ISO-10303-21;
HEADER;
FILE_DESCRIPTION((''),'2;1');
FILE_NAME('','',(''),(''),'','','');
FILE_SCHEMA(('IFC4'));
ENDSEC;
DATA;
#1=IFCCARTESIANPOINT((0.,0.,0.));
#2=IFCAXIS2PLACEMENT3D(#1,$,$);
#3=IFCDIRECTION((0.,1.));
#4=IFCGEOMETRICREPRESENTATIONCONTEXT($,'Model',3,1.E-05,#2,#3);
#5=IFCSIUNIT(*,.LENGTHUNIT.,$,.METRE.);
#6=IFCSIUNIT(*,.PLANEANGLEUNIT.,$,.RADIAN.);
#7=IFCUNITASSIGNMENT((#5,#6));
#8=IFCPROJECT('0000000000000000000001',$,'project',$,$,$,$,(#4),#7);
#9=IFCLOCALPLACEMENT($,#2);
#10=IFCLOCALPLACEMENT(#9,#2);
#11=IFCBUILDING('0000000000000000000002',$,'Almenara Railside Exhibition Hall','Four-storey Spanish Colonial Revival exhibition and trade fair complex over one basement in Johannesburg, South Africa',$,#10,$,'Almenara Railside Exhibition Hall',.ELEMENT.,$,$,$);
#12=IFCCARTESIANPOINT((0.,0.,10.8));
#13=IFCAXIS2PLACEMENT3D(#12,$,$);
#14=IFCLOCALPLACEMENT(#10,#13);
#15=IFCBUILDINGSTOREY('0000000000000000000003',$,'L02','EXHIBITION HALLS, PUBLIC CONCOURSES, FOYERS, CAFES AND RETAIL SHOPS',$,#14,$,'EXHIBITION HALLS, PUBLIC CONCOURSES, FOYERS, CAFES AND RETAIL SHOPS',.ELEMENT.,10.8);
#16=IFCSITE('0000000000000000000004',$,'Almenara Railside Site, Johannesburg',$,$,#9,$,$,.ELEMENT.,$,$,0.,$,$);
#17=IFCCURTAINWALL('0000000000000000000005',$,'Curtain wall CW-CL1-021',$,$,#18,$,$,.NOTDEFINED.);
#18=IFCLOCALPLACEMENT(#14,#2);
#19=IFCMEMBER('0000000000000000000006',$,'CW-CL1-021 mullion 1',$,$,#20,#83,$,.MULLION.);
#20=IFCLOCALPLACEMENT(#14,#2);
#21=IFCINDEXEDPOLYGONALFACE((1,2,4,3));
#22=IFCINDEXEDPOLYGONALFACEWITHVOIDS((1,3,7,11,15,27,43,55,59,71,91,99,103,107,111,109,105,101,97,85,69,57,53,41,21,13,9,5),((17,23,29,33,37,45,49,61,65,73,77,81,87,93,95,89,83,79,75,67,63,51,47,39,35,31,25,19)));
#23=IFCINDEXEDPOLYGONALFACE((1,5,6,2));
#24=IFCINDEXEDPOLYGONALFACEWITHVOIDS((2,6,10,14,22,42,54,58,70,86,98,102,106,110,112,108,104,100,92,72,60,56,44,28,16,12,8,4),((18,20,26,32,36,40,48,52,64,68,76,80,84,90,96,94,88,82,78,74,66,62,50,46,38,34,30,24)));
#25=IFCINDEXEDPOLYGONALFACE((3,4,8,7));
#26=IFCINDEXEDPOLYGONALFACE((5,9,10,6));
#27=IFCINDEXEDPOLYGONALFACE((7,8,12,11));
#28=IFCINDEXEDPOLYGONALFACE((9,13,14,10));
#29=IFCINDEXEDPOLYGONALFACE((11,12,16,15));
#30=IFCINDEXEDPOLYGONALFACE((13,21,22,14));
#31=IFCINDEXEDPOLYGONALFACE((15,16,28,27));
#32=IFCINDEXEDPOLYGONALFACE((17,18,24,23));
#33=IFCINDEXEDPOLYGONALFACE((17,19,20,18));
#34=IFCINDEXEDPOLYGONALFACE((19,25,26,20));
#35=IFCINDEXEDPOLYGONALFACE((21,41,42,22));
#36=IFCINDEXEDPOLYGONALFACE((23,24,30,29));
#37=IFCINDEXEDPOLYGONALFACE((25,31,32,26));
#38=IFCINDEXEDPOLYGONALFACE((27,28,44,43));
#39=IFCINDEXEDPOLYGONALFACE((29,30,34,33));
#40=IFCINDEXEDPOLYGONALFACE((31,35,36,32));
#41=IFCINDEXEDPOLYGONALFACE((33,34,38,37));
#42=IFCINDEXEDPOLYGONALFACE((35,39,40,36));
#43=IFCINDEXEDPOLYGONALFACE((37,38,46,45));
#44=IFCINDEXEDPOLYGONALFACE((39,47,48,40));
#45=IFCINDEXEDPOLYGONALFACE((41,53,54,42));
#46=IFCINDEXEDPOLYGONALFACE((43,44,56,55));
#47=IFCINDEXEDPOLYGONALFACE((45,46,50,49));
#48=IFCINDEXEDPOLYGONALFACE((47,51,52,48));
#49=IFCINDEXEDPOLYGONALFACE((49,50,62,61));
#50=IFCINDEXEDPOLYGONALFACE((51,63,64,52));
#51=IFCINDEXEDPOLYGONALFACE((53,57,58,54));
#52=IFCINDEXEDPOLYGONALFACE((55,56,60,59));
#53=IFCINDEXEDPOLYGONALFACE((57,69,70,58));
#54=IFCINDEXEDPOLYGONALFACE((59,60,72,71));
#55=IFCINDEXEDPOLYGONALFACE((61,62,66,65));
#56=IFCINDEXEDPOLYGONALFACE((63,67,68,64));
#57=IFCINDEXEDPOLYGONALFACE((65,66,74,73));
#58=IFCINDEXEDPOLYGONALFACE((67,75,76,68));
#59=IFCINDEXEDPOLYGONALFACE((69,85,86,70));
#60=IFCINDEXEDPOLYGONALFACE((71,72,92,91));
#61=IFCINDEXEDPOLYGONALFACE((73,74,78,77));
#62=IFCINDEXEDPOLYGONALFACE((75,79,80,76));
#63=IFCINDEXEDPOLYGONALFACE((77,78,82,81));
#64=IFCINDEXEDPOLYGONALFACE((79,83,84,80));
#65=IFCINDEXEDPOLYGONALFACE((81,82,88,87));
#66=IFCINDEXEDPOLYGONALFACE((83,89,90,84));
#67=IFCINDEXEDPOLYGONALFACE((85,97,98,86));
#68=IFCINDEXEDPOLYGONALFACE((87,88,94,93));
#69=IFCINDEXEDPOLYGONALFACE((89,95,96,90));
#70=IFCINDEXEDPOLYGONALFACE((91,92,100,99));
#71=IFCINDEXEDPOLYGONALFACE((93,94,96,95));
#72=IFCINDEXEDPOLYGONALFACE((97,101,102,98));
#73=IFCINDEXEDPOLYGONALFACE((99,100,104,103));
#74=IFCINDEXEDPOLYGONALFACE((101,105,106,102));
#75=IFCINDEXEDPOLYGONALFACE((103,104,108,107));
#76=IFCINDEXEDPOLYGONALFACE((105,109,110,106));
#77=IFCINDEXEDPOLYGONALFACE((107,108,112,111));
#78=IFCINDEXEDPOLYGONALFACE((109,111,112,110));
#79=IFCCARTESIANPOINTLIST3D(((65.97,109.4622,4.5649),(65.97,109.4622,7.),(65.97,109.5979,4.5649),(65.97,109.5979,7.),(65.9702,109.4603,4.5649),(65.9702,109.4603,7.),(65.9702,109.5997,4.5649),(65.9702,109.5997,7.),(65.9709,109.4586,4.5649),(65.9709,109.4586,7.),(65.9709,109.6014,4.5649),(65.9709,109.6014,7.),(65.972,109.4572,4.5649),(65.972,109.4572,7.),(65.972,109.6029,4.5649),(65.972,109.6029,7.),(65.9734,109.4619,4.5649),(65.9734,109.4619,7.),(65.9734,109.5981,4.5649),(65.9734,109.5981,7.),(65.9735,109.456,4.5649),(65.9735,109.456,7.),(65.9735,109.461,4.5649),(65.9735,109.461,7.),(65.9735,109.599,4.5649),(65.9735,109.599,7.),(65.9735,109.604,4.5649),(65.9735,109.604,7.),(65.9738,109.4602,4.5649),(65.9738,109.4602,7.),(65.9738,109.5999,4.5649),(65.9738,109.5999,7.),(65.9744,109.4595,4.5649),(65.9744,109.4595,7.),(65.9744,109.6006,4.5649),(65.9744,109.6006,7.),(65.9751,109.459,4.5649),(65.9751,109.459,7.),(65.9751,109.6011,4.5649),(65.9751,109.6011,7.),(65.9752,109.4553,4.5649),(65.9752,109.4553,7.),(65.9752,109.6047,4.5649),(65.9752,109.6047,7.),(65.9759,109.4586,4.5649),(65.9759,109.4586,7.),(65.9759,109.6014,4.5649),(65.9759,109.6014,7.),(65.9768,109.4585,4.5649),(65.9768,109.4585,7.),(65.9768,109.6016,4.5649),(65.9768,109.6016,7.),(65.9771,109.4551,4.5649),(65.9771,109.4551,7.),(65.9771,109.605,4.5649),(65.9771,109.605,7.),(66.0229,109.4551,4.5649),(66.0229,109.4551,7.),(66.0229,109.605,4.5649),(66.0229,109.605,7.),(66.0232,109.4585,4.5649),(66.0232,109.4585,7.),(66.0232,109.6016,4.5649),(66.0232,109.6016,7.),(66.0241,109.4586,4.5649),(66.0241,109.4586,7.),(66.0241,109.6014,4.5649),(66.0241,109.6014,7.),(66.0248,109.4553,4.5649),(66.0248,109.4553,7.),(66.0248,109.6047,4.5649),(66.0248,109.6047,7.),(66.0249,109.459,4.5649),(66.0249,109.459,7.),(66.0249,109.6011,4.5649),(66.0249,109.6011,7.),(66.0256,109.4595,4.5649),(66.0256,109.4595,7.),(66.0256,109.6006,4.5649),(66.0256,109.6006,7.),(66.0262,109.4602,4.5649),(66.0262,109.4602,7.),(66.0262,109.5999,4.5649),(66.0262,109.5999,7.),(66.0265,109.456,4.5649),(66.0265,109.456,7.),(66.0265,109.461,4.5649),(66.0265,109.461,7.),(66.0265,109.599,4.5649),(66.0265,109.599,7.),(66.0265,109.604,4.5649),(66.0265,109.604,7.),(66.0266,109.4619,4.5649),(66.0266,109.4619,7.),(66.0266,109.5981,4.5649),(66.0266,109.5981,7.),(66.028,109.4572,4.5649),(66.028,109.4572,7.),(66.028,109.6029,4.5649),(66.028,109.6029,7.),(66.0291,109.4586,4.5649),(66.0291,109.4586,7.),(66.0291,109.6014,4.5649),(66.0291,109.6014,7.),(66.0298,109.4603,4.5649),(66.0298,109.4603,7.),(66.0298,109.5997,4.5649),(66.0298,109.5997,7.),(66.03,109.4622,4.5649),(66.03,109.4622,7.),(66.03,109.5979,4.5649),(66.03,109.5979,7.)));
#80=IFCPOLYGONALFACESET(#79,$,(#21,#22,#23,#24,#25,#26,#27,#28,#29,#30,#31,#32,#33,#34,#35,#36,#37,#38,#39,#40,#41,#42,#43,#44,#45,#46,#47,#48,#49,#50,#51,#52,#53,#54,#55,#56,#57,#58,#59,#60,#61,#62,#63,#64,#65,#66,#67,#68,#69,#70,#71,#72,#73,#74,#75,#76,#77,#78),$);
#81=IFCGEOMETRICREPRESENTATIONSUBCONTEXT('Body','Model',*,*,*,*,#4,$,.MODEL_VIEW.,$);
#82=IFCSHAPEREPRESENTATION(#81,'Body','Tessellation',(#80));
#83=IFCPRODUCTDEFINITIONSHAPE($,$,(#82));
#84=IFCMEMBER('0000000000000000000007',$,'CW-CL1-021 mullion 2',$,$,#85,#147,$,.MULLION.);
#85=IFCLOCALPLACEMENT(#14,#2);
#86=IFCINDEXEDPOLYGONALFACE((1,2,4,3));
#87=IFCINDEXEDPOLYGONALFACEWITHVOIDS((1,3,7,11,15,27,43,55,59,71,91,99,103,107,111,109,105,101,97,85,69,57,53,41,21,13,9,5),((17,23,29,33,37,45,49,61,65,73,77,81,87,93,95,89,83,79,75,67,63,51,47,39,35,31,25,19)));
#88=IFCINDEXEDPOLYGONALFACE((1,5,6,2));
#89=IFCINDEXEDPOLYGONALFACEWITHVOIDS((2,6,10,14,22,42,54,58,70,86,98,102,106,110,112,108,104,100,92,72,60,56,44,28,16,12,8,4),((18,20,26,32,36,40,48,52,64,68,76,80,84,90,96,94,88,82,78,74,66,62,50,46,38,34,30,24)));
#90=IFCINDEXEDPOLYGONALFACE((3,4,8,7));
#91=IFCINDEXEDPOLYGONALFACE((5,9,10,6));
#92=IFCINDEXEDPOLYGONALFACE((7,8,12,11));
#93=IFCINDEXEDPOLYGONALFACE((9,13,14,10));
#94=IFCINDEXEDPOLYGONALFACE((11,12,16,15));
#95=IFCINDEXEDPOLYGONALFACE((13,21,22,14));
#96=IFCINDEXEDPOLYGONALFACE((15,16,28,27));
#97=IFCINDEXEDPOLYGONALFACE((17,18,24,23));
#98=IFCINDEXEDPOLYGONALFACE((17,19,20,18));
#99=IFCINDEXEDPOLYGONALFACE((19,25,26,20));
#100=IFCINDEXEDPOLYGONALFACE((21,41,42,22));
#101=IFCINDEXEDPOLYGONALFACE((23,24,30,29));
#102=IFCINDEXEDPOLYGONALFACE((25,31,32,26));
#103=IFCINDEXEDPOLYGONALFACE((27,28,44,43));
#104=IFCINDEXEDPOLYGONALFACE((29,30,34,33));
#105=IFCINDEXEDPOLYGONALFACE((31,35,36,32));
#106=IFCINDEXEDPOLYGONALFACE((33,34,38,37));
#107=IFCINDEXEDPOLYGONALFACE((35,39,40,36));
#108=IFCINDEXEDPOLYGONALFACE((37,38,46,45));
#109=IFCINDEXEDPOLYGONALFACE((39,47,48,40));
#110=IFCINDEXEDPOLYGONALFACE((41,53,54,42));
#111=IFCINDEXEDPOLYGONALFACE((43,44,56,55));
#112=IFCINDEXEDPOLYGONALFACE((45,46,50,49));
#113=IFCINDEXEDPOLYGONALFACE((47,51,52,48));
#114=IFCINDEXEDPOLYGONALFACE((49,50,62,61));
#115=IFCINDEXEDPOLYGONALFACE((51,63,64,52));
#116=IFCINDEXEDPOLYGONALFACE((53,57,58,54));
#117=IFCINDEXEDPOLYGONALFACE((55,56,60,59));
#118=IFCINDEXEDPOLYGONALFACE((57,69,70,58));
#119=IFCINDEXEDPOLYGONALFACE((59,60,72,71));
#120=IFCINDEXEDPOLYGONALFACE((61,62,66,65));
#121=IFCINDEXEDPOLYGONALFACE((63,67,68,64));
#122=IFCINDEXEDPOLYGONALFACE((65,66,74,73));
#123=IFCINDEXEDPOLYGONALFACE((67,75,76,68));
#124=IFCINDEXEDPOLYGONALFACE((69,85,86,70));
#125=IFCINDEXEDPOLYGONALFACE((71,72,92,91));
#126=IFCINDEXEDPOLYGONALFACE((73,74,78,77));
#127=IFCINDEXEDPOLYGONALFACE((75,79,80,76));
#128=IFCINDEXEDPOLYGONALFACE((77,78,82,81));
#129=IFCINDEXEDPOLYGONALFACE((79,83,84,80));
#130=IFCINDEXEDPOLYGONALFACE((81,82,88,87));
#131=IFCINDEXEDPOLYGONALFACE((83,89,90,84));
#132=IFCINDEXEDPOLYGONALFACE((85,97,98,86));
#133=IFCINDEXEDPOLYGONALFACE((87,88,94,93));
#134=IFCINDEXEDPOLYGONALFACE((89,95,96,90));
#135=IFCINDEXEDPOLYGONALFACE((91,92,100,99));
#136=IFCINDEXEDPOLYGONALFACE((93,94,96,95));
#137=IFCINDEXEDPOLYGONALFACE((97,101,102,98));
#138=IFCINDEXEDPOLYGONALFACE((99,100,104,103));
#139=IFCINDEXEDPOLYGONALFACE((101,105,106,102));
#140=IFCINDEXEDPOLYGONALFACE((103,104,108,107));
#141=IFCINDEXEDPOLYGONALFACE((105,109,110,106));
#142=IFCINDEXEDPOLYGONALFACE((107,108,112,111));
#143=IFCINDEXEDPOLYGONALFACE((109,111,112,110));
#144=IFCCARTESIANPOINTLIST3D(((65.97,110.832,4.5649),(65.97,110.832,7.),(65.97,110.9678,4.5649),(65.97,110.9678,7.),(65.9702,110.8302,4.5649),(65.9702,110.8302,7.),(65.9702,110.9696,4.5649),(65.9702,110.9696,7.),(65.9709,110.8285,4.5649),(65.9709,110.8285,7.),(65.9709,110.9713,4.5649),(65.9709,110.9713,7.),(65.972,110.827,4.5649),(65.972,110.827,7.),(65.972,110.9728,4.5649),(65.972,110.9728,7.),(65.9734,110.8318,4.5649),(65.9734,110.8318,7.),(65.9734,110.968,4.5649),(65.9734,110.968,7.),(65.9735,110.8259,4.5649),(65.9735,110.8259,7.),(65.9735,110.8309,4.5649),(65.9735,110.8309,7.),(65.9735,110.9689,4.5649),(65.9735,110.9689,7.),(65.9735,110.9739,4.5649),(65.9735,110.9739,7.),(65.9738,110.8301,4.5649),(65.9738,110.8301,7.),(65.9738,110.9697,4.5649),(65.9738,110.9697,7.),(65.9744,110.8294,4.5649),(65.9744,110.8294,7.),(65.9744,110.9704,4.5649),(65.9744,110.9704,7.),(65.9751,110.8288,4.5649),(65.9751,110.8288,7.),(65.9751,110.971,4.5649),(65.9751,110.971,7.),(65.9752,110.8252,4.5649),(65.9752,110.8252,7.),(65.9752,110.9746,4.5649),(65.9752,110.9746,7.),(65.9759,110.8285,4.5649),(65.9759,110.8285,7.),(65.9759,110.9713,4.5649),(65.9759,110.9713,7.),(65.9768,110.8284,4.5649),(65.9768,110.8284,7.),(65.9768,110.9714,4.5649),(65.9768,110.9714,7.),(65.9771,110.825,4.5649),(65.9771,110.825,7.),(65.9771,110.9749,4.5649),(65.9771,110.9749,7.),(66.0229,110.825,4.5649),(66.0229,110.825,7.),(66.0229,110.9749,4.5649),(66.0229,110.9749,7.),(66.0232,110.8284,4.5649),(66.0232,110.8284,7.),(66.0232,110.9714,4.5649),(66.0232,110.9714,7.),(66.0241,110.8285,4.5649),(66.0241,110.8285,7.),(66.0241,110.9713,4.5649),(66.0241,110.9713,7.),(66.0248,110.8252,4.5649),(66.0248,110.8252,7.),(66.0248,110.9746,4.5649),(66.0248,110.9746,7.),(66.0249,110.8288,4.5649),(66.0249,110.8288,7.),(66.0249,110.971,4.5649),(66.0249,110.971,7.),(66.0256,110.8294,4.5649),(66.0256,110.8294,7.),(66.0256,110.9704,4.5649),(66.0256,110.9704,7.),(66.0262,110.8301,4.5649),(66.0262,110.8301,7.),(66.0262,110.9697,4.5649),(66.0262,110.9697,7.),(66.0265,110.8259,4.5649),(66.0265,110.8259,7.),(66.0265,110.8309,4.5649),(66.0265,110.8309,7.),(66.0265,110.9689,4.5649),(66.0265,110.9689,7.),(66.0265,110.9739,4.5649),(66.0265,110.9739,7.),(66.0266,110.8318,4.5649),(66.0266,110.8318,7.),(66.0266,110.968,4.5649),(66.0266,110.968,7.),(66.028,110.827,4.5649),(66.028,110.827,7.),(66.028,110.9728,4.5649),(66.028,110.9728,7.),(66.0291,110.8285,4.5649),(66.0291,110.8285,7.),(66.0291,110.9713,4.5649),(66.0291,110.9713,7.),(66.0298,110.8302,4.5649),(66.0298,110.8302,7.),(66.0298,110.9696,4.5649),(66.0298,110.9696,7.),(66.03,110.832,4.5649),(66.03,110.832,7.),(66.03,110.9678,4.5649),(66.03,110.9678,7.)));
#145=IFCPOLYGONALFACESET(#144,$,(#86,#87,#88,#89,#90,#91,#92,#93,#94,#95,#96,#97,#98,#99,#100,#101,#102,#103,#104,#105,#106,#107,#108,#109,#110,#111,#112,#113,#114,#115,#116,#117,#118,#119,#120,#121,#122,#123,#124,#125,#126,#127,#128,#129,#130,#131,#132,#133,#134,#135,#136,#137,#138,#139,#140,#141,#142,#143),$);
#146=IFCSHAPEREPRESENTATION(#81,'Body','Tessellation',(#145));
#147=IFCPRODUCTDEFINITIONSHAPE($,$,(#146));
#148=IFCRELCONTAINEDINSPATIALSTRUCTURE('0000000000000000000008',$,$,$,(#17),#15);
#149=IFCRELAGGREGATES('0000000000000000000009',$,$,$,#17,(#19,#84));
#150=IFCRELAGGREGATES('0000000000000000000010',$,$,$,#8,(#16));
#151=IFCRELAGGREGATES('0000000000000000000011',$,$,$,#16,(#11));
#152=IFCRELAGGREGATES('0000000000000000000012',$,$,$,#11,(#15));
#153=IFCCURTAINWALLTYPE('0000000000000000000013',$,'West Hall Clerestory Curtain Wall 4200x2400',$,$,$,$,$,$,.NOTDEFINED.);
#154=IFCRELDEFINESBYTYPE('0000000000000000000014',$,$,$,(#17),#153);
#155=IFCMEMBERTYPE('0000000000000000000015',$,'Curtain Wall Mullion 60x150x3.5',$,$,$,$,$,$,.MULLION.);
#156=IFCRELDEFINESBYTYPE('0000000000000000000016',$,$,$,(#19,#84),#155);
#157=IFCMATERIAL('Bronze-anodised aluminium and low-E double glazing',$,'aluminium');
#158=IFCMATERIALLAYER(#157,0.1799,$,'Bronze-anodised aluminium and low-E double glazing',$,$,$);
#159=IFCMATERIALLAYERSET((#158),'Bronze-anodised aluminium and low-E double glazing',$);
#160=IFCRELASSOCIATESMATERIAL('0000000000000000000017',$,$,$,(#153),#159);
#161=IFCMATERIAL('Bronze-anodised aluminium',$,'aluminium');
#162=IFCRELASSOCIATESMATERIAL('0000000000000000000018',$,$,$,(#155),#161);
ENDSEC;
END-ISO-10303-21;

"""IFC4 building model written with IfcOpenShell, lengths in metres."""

from ifc_helpers import new_model, si_unit, direction, frame, origin, origin_2d, place, context, subcontext, project, spatial, hollow_rectangle, extrude, material, layer, layer_set, material_profile, profile_set, type_object, element, aggregate, save


model = new_model("IFC4")

# Units and contexts
model_context = context("Model", 3, precision=1e-05, world=origin(), true_north=direction((0.0, 1.0)))
body_context = subcontext(model_context, "Body", "Model", "MODEL_VIEW")
ifc_project = project(units=[si_unit("LENGTHUNIT", "METRE"), si_unit("PLANEANGLEUNIT", "RADIAN")], contexts=[model_context])

# Site, building, storey
site_placement = place(None, origin())
site = spatial("IfcSite", under=ifc_project, at=site_placement, Name="Almenara Railside Site, Johannesburg", CompositionType="ELEMENT", RefElevation=0.0)
building_placement = place(site_placement, origin())
building = spatial("IfcBuilding", under=site, at=building_placement, Name="Almenara Railside Exhibition Hall", Description="Four-storey Spanish Colonial Revival exhibition and trade fair complex over one basement in Johannesburg, South Africa", LongName="Almenara Railside Exhibition Hall", CompositionType="ELEMENT")
storey_placement = place(building_placement, frame((0.0, 0.0, 10.8)))
storey = spatial("IfcBuildingStorey", under=building, at=storey_placement, Name="L02", Description="EXHIBITION HALLS, PUBLIC CONCOURSES, FOYERS, CAFES AND RETAIL SHOPS", LongName="EXHIBITION HALLS, PUBLIC CONCOURSES, FOYERS, CAFES AND RETAIL SHOPS", CompositionType="ELEMENT", Elevation=10.8)

# Curtain wall, members
ifc_material_1 = material(Name="Bronze-anodised aluminium and low-E double glazing", Category="aluminium")
ifc_layer_1 = layer(ifc_material_1, 0.1799, Name="Bronze-anodised aluminium and low-E double glazing")
ifc_layer_set_1 = layer_set([ifc_layer_1], Name="Bronze-anodised aluminium and low-E double glazing")
curtain_wall_type = type_object("IfcCurtainWallType", Name="West Hall Clerestory Curtain Wall 4200x2400", PredefinedType="NOTDEFINED", material=ifc_layer_set_1)
ifc_material_2 = material(Name="Bronze-anodised aluminium", Category="aluminium")
curtain_wall_1_placement = place(storey_placement, origin())
curtain_wall_1 = element("IfcCurtainWall", 1, at=curtain_wall_1_placement, inside=storey, type_object=curtain_wall_type, Name="Curtain wall CW-CL1-021", PredefinedType="NOTDEFINED")
ifc_material_profile_1 = material_profile(ifc_material_2, hollow_rectangle(XDim=0.0601, YDim=0.1499, WallThickness=0.0034, InnerFilletRadius=0.0034, OuterFilletRadius=0.0071, at=origin_2d()), Name="ALU-MUL 60x150x3.5")
ifc_profile_set_1 = profile_set([ifc_material_profile_1], Name="Bronze-anodised aluminium")
member_type_1 = type_object("IfcMemberType", Name="Curtain Wall Mullion 60x150x3.5", PredefinedType="MULLION", material=ifc_profile_set_1)
member_1_placement = place(storey_placement, frame((66.0, 109.53, 4.5649), z_axis=(0.0, 0.0, 1.0), x_axis=(-1.0, 0.0, 0.0)))
member_1 = element("IfcMember", 2, at=member_1_placement, type_object=member_type_1, Name="CW-CL1-021 mullion 1", PredefinedType="MULLION", context=body_context, shape_type="SweptSolid", body=[
    extrude(hollow_rectangle(XDim=0.0601, YDim=0.1499, WallThickness=0.0034, InnerFilletRadius=0.0034, OuterFilletRadius=0.0071, at=origin_2d()), origin(), (0.0, 0.0, 1.0), 2.4351),
])
member_2_placement = place(storey_placement, frame((66.0, 110.8999, 4.5649), z_axis=(0.0, 0.0, 1.0), x_axis=(-1.0, 0.0, 0.0)))
member_2 = element("IfcMember", 3, at=member_2_placement, type_object=member_type_1, Name="CW-CL1-021 mullion 2", PredefinedType="MULLION", context=body_context, shape_type="SweptSolid", body=[
    extrude(hollow_rectangle(XDim=0.0601, YDim=0.1499, WallThickness=0.0034, InnerFilletRadius=0.0034, OuterFilletRadius=0.0071, at=origin_2d()), origin(), (0.0, 0.0, 1.0), 2.4351),
])

aggregate(curtain_wall_1, [member_1, member_2])

save(model, "model.ifc")
